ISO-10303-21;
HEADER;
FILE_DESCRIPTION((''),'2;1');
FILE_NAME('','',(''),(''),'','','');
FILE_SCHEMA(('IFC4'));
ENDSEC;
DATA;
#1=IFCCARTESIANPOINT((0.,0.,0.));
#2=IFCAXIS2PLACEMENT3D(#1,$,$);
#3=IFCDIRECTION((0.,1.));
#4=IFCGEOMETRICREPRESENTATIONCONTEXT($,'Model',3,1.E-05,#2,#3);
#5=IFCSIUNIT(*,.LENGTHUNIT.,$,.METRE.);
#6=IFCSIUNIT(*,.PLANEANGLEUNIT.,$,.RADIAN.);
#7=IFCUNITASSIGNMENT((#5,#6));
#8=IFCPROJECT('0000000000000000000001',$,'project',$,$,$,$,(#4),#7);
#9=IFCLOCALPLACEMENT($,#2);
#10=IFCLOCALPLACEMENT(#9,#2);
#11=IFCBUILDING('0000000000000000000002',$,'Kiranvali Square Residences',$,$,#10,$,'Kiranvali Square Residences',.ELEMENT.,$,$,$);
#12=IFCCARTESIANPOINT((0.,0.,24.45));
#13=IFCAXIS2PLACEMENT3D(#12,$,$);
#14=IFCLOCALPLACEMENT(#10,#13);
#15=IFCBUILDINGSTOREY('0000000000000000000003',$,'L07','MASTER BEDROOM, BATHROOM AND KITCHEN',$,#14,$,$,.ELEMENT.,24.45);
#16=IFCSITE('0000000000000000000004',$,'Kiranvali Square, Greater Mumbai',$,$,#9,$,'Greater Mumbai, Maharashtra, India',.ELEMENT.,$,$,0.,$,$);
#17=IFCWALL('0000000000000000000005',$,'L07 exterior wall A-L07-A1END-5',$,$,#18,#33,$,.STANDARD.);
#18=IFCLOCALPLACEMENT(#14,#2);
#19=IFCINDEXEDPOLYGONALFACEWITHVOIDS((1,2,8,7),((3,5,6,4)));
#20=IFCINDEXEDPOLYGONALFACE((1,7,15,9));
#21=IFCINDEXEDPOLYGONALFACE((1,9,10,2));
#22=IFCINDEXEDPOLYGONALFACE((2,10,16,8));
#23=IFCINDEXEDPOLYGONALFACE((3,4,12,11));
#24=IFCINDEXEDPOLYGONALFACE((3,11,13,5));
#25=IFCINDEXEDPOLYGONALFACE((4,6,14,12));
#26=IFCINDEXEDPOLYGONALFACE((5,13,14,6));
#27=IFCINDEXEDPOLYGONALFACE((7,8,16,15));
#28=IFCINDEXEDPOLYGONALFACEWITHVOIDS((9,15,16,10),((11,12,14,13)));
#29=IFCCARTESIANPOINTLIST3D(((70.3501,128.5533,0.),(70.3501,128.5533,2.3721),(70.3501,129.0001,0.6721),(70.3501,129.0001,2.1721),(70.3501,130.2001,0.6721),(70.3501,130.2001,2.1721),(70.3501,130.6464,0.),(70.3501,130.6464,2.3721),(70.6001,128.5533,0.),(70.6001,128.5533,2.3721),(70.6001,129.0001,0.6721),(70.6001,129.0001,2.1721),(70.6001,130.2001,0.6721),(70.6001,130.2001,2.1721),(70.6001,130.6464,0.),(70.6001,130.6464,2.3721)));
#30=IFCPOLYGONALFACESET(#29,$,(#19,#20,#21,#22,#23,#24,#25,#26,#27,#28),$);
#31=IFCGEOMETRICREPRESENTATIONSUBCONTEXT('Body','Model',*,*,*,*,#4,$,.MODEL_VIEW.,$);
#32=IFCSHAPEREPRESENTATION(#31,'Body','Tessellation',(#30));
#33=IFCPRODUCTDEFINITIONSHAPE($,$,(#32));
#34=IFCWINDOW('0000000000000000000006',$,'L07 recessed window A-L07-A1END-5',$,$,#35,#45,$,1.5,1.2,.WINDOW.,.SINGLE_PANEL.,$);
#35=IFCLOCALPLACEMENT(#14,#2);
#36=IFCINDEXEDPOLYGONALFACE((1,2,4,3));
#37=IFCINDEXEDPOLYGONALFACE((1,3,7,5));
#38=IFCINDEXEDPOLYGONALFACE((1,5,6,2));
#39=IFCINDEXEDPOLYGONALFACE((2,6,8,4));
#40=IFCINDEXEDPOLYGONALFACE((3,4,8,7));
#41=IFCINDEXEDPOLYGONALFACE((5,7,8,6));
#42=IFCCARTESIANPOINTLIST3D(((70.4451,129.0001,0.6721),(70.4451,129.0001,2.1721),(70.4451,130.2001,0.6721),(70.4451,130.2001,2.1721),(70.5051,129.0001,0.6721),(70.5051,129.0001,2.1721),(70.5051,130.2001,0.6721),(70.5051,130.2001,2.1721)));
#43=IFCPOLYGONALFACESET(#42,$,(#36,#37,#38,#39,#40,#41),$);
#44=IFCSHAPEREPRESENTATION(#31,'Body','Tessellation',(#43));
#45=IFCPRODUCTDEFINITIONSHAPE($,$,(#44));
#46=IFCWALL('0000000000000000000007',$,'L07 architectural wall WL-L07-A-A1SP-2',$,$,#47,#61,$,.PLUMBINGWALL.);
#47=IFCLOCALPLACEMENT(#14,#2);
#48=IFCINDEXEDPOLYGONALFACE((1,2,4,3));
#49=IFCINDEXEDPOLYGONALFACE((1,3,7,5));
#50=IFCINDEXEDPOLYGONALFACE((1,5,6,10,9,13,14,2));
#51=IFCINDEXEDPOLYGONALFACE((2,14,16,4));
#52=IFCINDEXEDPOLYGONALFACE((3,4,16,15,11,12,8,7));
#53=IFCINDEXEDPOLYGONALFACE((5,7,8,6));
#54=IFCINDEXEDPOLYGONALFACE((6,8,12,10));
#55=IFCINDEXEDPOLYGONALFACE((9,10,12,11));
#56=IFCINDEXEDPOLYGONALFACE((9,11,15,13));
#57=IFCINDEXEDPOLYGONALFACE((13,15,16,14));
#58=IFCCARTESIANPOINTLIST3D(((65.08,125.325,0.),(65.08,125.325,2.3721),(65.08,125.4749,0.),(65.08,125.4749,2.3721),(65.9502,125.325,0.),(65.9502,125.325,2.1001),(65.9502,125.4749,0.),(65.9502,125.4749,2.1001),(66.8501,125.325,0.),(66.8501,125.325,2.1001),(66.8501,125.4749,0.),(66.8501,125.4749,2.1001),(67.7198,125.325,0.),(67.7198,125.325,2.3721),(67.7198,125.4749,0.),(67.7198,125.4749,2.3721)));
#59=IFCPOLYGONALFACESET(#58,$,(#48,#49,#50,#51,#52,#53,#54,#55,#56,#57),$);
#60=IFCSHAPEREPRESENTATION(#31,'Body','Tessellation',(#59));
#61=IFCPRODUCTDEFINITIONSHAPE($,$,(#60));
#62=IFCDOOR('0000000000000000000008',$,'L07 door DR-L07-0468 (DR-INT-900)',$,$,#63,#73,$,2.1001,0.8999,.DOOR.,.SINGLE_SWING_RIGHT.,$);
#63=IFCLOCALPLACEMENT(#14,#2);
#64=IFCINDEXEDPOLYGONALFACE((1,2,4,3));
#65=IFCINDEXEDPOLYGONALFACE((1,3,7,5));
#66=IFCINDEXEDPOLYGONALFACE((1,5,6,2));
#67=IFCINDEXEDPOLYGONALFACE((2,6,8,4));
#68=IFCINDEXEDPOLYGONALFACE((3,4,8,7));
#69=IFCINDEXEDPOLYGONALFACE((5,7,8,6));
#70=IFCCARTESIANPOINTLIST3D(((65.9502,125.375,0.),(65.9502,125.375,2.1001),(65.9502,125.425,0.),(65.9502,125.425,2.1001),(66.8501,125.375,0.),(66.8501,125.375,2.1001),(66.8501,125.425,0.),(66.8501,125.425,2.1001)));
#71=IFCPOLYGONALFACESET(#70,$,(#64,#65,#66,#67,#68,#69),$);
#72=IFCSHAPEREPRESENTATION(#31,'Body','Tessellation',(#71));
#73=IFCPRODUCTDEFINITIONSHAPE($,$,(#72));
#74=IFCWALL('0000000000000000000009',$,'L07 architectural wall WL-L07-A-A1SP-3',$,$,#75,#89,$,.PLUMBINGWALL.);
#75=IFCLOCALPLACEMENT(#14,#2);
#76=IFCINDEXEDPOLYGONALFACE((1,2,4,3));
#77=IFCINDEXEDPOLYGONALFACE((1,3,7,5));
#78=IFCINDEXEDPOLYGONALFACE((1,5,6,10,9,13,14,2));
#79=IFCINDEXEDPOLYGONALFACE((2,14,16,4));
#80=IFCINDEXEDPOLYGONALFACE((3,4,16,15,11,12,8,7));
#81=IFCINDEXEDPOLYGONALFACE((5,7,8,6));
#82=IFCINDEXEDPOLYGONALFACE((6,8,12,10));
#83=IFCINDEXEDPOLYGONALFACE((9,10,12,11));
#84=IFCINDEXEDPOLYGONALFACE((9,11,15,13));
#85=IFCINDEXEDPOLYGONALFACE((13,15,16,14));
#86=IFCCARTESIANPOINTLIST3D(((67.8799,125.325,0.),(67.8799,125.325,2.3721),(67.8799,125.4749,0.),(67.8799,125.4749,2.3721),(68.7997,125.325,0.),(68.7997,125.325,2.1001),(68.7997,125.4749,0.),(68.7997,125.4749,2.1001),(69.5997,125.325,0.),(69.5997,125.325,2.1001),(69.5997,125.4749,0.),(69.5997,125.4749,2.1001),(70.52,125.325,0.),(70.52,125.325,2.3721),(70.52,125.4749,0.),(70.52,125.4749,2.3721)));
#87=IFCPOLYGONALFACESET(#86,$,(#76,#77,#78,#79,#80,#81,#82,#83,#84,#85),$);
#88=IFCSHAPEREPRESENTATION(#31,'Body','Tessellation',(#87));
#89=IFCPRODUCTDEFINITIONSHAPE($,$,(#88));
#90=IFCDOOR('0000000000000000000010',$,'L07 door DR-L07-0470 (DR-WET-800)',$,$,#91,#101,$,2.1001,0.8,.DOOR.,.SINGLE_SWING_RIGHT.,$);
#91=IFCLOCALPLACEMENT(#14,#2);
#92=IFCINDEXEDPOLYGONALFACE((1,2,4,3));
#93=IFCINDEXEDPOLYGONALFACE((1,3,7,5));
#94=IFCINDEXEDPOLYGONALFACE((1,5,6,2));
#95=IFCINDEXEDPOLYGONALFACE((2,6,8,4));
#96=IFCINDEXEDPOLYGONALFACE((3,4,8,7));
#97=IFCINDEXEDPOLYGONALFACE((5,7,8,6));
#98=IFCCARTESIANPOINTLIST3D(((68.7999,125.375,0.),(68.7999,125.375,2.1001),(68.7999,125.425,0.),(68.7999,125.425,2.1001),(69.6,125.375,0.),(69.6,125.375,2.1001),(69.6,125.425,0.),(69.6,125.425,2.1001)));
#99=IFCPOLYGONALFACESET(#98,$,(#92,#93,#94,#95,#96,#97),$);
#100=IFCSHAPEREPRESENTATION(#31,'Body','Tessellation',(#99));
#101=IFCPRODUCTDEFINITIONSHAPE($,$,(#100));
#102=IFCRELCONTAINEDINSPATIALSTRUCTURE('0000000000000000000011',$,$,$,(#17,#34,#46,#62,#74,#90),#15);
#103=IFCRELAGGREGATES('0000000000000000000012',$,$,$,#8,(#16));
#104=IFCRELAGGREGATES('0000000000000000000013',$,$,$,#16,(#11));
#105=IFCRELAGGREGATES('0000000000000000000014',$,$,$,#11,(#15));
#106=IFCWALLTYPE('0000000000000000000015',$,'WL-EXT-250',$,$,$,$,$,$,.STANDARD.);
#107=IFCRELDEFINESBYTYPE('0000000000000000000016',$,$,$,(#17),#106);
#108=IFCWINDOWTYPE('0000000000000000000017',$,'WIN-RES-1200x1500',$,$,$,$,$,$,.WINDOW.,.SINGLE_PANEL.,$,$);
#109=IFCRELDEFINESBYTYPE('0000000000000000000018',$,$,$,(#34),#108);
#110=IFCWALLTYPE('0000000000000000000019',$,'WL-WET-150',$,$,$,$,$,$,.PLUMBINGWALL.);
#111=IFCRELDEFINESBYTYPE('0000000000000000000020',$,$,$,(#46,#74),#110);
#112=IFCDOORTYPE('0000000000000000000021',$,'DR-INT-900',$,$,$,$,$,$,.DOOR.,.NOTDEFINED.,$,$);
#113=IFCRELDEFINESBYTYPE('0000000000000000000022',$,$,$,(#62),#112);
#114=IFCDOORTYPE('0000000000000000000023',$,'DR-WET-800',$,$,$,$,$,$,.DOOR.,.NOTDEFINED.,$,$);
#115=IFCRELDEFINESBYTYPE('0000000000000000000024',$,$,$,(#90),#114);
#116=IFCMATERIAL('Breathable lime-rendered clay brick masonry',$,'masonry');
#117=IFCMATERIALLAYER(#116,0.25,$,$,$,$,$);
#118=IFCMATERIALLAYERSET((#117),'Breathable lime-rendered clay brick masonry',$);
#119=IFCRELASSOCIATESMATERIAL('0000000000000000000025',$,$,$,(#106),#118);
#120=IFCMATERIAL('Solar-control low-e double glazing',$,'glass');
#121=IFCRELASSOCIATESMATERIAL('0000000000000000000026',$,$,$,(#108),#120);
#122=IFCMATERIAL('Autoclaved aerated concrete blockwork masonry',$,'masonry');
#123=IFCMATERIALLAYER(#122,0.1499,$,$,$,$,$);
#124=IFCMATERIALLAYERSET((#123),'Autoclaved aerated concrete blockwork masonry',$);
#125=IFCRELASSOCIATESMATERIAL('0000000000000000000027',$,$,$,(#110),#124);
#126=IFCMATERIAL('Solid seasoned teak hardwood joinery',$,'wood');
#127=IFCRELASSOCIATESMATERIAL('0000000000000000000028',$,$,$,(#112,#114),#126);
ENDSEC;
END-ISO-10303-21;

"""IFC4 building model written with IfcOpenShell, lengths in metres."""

from ifc_helpers import new_model, si_unit, direction, frame, frame_2d, origin, place, context, subcontext, project, spatial, rectangle, extrude, material, layer, layer_set, type_object, element, fill, save


model = new_model("IFC4")

# Units and contexts
model_context = context("Model", 3, precision=1e-05, world=origin(), true_north=direction((0.0, 1.0)))
body_context = subcontext(model_context, "Body", "Model", "MODEL_VIEW")
ifc_project = project(units=[si_unit("LENGTHUNIT", "METRE"), si_unit("PLANEANGLEUNIT", "RADIAN")], contexts=[model_context])

# Site, building, storey
site_placement = place(None, origin())
site = spatial("IfcSite", under=ifc_project, at=site_placement, Name="Kiranvali Square, Greater Mumbai", LongName="Greater Mumbai, Maharashtra, India", CompositionType="ELEMENT", RefElevation=0.0)
building_placement = place(site_placement, origin())
building = spatial("IfcBuilding", under=site, at=building_placement, Name="Kiranvali Square Residences", LongName="Kiranvali Square Residences", CompositionType="ELEMENT")
storey_placement = place(building_placement, frame((0.0, 0.0, 24.45)))
storey = spatial("IfcBuildingStorey", under=building, at=storey_placement, Name="L07", Description="MASTER BEDROOM, BATHROOM AND KITCHEN", CompositionType="ELEMENT", Elevation=24.45)

# Wall, opening, window
ifc_material_1 = material(Name="Breathable lime-rendered clay brick masonry", Category="masonry")
ifc_layer_1 = layer(ifc_material_1, 0.25)
ifc_layer_set_1 = layer_set([ifc_layer_1], Name="Breathable lime-rendered clay brick masonry")
wall_type_1 = type_object("IfcWallType", Name="WL-EXT-250", PredefinedType="STANDARD", material=ifc_layer_set_1)
ifc_material_2 = material(Name="Solar-control low-e double glazing", Category="glass")
window_type = type_object("IfcWindowType", Name="WIN-RES-1200x1500", PartitioningType="SINGLE_PANEL", PredefinedType="WINDOW", material=ifc_material_2)
wall_1_placement = place(storey_placement, frame((70.4751, 128.5535, 0.0), z_axis=(0.0, 0.0, 1.0), x_axis=(0.0, 1.0, 0.0)))
wall_1 = element("IfcWall", 1, at=wall_1_placement, inside=storey, type_object=wall_type_1, Name="L07 exterior wall A-L07-A1END-5", PredefinedType="STANDARD", context=body_context, shape_type="SweptSolid", body=[
    extrude(rectangle(XDim=2.093, YDim=0.25, at=frame_2d((1.0464, 0.0))), origin(), (0.0, 0.0, 1.0), 2.3721),
])
opening_1_placement = place(wall_1_placement, frame((0.4465, 0.0, 0.6721)))
opening_1 = element("IfcOpeningElement", 2, at=opening_1_placement, cuts=wall_1, PredefinedType="OPENING", context=body_context, shape_type="SweptSolid", body=[
    extrude(rectangle(XDim=1.2, YDim=1.5, at=frame_2d((0.6001, 0.75))), frame((0.0, 0.135, 0.0), z_axis=(0.0, -1.0, 0.0), x_axis=(1.0, 0.0, 0.0)), (0.0, 0.0, 1.0), 0.27),
])
window_1_placement = place(opening_1_placement, origin())
window_1 = element("IfcWindow", 3, at=window_1_placement, inside=storey, type_object=window_type, Name="L07 recessed window A-L07-A1END-5", OverallHeight=1.5, OverallWidth=1.2, PartitioningType="SINGLE_PANEL", PredefinedType="WINDOW", context=body_context, shape_type="SweptSolid", body=[
    extrude(rectangle(XDim=1.2, YDim=1.5, at=frame_2d((0.6001, 0.75))), frame((0.0, 0.03, 0.0), z_axis=(0.0, -1.0, 0.0), x_axis=(1.0, 0.0, 0.0)), (0.0, 0.0, 1.0), 0.0601),
])
fill(opening_1, window_1)

# Walls, openings, doors
ifc_material_3 = material(Name="Autoclaved aerated concrete blockwork masonry", Category="masonry")
ifc_layer_2 = layer(ifc_material_3, 0.1499)
ifc_layer_set_2 = layer_set([ifc_layer_2], Name="Autoclaved aerated concrete blockwork masonry")
wall_type_2 = type_object("IfcWallType", Name="WL-WET-150", PredefinedType="PLUMBINGWALL", material=ifc_layer_set_2)
wall_2_placement = place(storey_placement, frame((65.0801, 125.3999, 0.0), z_axis=(0.0, 0.0, 1.0), x_axis=(1.0, 0.0, 0.0)))
wall_2 = element("IfcWall", 4, at=wall_2_placement, inside=storey, type_object=wall_type_2, Name="L07 architectural wall WL-L07-A-A1SP-2", PredefinedType="PLUMBINGWALL", context=body_context, shape_type="SweptSolid", body=[
    extrude(rectangle(XDim=2.6399, YDim=0.1499, at=frame_2d((1.3198, 0.0))), origin(), (0.0, 0.0, 1.0), 2.3721),
])
opening_2_placement = place(wall_2_placement, frame((0.8701, 0.0, 0.0)))
opening_2 = element("IfcOpeningElement", 5, at=opening_2_placement, cuts=wall_2, PredefinedType="OPENING", context=body_context, shape_type="SweptSolid", body=[
    extrude(rectangle(XDim=0.8999, YDim=2.1001, at=frame_2d((0.45, 1.05))), frame((0.0, 0.085, 0.0), z_axis=(0.0, -1.0, 0.0), x_axis=(1.0, 0.0, 0.0)), (0.0, 0.0, 1.0), 0.1699),
])
ifc_material_4 = material(Name="Solid seasoned teak hardwood joinery", Category="wood")
door_type_1 = type_object("IfcDoorType", Name="DR-INT-900", OperationType="NOTDEFINED", PredefinedType="DOOR", material=ifc_material_4)
door_1_placement = place(opening_2_placement, frame((0.8999, 0.0, 0.0), z_axis=(0.0, 0.0, 1.0), x_axis=(-1.0, 0.0, 0.0)))
door_1 = element("IfcDoor", 6, at=door_1_placement, inside=storey, type_object=door_type_1, Name="L07 door DR-L07-0468 (DR-INT-900)", OperationType="SINGLE_SWING_RIGHT", OverallHeight=2.1001, OverallWidth=0.8999, PredefinedType="DOOR", context=body_context, shape_type="SweptSolid", body=[
    extrude(rectangle(XDim=0.8999, YDim=2.1001, at=frame_2d((0.45, 1.05))), frame((0.0, 0.0249, 0.0), z_axis=(0.0, -1.0, 0.0), x_axis=(1.0, 0.0, 0.0)), (0.0, 0.0, 1.0), 0.05),
])
fill(opening_2, door_1)
wall_3_placement = place(storey_placement, frame((67.8799, 125.3999, 0.0), z_axis=(0.0, 0.0, 1.0), x_axis=(1.0, 0.0, 0.0)))
wall_3 = element("IfcWall", 7, at=wall_3_placement, inside=storey, type_object=wall_type_2, Name="L07 architectural wall WL-L07-A-A1SP-3", PredefinedType="PLUMBINGWALL", context=body_context, shape_type="SweptSolid", body=[
    extrude(rectangle(XDim=2.6401, YDim=0.1499, at=frame_2d((1.3201, 0.0))), origin(), (0.0, 0.0, 1.0), 2.3721),
])
opening_3_placement = place(wall_3_placement, frame((0.9199, 0.0, 0.0)))
opening_3 = element("IfcOpeningElement", 8, at=opening_3_placement, cuts=wall_3, PredefinedType="OPENING", context=body_context, shape_type="SweptSolid", body=[
    extrude(rectangle(XDim=0.8, YDim=2.1001, at=frame_2d((0.3999, 1.05))), frame((0.0, 0.085, 0.0), z_axis=(0.0, -1.0, 0.0), x_axis=(1.0, 0.0, 0.0)), (0.0, 0.0, 1.0), 0.1699),
])
door_type_2 = type_object("IfcDoorType", Name="DR-WET-800", OperationType="NOTDEFINED", PredefinedType="DOOR", material=ifc_material_4)
door_2_placement = place(opening_3_placement, frame((0.8, 0.0, 0.0), z_axis=(0.0, 0.0, 1.0), x_axis=(-1.0, 0.0, 0.0)))
door_2 = element("IfcDoor", 9, at=door_2_placement, inside=storey, type_object=door_type_2, Name="L07 door DR-L07-0470 (DR-WET-800)", OperationType="SINGLE_SWING_RIGHT", OverallHeight=2.1001, OverallWidth=0.8, PredefinedType="DOOR", context=body_context, shape_type="SweptSolid", body=[
    extrude(rectangle(XDim=0.8, YDim=2.1001, at=frame_2d((0.3999, 1.05))), frame((0.0, 0.0249, 0.0), z_axis=(0.0, -1.0, 0.0), x_axis=(1.0, 0.0, 0.0)), (0.0, 0.0, 1.0), 0.05),
])
fill(opening_3, door_2)

save(model, "model.ifc")
